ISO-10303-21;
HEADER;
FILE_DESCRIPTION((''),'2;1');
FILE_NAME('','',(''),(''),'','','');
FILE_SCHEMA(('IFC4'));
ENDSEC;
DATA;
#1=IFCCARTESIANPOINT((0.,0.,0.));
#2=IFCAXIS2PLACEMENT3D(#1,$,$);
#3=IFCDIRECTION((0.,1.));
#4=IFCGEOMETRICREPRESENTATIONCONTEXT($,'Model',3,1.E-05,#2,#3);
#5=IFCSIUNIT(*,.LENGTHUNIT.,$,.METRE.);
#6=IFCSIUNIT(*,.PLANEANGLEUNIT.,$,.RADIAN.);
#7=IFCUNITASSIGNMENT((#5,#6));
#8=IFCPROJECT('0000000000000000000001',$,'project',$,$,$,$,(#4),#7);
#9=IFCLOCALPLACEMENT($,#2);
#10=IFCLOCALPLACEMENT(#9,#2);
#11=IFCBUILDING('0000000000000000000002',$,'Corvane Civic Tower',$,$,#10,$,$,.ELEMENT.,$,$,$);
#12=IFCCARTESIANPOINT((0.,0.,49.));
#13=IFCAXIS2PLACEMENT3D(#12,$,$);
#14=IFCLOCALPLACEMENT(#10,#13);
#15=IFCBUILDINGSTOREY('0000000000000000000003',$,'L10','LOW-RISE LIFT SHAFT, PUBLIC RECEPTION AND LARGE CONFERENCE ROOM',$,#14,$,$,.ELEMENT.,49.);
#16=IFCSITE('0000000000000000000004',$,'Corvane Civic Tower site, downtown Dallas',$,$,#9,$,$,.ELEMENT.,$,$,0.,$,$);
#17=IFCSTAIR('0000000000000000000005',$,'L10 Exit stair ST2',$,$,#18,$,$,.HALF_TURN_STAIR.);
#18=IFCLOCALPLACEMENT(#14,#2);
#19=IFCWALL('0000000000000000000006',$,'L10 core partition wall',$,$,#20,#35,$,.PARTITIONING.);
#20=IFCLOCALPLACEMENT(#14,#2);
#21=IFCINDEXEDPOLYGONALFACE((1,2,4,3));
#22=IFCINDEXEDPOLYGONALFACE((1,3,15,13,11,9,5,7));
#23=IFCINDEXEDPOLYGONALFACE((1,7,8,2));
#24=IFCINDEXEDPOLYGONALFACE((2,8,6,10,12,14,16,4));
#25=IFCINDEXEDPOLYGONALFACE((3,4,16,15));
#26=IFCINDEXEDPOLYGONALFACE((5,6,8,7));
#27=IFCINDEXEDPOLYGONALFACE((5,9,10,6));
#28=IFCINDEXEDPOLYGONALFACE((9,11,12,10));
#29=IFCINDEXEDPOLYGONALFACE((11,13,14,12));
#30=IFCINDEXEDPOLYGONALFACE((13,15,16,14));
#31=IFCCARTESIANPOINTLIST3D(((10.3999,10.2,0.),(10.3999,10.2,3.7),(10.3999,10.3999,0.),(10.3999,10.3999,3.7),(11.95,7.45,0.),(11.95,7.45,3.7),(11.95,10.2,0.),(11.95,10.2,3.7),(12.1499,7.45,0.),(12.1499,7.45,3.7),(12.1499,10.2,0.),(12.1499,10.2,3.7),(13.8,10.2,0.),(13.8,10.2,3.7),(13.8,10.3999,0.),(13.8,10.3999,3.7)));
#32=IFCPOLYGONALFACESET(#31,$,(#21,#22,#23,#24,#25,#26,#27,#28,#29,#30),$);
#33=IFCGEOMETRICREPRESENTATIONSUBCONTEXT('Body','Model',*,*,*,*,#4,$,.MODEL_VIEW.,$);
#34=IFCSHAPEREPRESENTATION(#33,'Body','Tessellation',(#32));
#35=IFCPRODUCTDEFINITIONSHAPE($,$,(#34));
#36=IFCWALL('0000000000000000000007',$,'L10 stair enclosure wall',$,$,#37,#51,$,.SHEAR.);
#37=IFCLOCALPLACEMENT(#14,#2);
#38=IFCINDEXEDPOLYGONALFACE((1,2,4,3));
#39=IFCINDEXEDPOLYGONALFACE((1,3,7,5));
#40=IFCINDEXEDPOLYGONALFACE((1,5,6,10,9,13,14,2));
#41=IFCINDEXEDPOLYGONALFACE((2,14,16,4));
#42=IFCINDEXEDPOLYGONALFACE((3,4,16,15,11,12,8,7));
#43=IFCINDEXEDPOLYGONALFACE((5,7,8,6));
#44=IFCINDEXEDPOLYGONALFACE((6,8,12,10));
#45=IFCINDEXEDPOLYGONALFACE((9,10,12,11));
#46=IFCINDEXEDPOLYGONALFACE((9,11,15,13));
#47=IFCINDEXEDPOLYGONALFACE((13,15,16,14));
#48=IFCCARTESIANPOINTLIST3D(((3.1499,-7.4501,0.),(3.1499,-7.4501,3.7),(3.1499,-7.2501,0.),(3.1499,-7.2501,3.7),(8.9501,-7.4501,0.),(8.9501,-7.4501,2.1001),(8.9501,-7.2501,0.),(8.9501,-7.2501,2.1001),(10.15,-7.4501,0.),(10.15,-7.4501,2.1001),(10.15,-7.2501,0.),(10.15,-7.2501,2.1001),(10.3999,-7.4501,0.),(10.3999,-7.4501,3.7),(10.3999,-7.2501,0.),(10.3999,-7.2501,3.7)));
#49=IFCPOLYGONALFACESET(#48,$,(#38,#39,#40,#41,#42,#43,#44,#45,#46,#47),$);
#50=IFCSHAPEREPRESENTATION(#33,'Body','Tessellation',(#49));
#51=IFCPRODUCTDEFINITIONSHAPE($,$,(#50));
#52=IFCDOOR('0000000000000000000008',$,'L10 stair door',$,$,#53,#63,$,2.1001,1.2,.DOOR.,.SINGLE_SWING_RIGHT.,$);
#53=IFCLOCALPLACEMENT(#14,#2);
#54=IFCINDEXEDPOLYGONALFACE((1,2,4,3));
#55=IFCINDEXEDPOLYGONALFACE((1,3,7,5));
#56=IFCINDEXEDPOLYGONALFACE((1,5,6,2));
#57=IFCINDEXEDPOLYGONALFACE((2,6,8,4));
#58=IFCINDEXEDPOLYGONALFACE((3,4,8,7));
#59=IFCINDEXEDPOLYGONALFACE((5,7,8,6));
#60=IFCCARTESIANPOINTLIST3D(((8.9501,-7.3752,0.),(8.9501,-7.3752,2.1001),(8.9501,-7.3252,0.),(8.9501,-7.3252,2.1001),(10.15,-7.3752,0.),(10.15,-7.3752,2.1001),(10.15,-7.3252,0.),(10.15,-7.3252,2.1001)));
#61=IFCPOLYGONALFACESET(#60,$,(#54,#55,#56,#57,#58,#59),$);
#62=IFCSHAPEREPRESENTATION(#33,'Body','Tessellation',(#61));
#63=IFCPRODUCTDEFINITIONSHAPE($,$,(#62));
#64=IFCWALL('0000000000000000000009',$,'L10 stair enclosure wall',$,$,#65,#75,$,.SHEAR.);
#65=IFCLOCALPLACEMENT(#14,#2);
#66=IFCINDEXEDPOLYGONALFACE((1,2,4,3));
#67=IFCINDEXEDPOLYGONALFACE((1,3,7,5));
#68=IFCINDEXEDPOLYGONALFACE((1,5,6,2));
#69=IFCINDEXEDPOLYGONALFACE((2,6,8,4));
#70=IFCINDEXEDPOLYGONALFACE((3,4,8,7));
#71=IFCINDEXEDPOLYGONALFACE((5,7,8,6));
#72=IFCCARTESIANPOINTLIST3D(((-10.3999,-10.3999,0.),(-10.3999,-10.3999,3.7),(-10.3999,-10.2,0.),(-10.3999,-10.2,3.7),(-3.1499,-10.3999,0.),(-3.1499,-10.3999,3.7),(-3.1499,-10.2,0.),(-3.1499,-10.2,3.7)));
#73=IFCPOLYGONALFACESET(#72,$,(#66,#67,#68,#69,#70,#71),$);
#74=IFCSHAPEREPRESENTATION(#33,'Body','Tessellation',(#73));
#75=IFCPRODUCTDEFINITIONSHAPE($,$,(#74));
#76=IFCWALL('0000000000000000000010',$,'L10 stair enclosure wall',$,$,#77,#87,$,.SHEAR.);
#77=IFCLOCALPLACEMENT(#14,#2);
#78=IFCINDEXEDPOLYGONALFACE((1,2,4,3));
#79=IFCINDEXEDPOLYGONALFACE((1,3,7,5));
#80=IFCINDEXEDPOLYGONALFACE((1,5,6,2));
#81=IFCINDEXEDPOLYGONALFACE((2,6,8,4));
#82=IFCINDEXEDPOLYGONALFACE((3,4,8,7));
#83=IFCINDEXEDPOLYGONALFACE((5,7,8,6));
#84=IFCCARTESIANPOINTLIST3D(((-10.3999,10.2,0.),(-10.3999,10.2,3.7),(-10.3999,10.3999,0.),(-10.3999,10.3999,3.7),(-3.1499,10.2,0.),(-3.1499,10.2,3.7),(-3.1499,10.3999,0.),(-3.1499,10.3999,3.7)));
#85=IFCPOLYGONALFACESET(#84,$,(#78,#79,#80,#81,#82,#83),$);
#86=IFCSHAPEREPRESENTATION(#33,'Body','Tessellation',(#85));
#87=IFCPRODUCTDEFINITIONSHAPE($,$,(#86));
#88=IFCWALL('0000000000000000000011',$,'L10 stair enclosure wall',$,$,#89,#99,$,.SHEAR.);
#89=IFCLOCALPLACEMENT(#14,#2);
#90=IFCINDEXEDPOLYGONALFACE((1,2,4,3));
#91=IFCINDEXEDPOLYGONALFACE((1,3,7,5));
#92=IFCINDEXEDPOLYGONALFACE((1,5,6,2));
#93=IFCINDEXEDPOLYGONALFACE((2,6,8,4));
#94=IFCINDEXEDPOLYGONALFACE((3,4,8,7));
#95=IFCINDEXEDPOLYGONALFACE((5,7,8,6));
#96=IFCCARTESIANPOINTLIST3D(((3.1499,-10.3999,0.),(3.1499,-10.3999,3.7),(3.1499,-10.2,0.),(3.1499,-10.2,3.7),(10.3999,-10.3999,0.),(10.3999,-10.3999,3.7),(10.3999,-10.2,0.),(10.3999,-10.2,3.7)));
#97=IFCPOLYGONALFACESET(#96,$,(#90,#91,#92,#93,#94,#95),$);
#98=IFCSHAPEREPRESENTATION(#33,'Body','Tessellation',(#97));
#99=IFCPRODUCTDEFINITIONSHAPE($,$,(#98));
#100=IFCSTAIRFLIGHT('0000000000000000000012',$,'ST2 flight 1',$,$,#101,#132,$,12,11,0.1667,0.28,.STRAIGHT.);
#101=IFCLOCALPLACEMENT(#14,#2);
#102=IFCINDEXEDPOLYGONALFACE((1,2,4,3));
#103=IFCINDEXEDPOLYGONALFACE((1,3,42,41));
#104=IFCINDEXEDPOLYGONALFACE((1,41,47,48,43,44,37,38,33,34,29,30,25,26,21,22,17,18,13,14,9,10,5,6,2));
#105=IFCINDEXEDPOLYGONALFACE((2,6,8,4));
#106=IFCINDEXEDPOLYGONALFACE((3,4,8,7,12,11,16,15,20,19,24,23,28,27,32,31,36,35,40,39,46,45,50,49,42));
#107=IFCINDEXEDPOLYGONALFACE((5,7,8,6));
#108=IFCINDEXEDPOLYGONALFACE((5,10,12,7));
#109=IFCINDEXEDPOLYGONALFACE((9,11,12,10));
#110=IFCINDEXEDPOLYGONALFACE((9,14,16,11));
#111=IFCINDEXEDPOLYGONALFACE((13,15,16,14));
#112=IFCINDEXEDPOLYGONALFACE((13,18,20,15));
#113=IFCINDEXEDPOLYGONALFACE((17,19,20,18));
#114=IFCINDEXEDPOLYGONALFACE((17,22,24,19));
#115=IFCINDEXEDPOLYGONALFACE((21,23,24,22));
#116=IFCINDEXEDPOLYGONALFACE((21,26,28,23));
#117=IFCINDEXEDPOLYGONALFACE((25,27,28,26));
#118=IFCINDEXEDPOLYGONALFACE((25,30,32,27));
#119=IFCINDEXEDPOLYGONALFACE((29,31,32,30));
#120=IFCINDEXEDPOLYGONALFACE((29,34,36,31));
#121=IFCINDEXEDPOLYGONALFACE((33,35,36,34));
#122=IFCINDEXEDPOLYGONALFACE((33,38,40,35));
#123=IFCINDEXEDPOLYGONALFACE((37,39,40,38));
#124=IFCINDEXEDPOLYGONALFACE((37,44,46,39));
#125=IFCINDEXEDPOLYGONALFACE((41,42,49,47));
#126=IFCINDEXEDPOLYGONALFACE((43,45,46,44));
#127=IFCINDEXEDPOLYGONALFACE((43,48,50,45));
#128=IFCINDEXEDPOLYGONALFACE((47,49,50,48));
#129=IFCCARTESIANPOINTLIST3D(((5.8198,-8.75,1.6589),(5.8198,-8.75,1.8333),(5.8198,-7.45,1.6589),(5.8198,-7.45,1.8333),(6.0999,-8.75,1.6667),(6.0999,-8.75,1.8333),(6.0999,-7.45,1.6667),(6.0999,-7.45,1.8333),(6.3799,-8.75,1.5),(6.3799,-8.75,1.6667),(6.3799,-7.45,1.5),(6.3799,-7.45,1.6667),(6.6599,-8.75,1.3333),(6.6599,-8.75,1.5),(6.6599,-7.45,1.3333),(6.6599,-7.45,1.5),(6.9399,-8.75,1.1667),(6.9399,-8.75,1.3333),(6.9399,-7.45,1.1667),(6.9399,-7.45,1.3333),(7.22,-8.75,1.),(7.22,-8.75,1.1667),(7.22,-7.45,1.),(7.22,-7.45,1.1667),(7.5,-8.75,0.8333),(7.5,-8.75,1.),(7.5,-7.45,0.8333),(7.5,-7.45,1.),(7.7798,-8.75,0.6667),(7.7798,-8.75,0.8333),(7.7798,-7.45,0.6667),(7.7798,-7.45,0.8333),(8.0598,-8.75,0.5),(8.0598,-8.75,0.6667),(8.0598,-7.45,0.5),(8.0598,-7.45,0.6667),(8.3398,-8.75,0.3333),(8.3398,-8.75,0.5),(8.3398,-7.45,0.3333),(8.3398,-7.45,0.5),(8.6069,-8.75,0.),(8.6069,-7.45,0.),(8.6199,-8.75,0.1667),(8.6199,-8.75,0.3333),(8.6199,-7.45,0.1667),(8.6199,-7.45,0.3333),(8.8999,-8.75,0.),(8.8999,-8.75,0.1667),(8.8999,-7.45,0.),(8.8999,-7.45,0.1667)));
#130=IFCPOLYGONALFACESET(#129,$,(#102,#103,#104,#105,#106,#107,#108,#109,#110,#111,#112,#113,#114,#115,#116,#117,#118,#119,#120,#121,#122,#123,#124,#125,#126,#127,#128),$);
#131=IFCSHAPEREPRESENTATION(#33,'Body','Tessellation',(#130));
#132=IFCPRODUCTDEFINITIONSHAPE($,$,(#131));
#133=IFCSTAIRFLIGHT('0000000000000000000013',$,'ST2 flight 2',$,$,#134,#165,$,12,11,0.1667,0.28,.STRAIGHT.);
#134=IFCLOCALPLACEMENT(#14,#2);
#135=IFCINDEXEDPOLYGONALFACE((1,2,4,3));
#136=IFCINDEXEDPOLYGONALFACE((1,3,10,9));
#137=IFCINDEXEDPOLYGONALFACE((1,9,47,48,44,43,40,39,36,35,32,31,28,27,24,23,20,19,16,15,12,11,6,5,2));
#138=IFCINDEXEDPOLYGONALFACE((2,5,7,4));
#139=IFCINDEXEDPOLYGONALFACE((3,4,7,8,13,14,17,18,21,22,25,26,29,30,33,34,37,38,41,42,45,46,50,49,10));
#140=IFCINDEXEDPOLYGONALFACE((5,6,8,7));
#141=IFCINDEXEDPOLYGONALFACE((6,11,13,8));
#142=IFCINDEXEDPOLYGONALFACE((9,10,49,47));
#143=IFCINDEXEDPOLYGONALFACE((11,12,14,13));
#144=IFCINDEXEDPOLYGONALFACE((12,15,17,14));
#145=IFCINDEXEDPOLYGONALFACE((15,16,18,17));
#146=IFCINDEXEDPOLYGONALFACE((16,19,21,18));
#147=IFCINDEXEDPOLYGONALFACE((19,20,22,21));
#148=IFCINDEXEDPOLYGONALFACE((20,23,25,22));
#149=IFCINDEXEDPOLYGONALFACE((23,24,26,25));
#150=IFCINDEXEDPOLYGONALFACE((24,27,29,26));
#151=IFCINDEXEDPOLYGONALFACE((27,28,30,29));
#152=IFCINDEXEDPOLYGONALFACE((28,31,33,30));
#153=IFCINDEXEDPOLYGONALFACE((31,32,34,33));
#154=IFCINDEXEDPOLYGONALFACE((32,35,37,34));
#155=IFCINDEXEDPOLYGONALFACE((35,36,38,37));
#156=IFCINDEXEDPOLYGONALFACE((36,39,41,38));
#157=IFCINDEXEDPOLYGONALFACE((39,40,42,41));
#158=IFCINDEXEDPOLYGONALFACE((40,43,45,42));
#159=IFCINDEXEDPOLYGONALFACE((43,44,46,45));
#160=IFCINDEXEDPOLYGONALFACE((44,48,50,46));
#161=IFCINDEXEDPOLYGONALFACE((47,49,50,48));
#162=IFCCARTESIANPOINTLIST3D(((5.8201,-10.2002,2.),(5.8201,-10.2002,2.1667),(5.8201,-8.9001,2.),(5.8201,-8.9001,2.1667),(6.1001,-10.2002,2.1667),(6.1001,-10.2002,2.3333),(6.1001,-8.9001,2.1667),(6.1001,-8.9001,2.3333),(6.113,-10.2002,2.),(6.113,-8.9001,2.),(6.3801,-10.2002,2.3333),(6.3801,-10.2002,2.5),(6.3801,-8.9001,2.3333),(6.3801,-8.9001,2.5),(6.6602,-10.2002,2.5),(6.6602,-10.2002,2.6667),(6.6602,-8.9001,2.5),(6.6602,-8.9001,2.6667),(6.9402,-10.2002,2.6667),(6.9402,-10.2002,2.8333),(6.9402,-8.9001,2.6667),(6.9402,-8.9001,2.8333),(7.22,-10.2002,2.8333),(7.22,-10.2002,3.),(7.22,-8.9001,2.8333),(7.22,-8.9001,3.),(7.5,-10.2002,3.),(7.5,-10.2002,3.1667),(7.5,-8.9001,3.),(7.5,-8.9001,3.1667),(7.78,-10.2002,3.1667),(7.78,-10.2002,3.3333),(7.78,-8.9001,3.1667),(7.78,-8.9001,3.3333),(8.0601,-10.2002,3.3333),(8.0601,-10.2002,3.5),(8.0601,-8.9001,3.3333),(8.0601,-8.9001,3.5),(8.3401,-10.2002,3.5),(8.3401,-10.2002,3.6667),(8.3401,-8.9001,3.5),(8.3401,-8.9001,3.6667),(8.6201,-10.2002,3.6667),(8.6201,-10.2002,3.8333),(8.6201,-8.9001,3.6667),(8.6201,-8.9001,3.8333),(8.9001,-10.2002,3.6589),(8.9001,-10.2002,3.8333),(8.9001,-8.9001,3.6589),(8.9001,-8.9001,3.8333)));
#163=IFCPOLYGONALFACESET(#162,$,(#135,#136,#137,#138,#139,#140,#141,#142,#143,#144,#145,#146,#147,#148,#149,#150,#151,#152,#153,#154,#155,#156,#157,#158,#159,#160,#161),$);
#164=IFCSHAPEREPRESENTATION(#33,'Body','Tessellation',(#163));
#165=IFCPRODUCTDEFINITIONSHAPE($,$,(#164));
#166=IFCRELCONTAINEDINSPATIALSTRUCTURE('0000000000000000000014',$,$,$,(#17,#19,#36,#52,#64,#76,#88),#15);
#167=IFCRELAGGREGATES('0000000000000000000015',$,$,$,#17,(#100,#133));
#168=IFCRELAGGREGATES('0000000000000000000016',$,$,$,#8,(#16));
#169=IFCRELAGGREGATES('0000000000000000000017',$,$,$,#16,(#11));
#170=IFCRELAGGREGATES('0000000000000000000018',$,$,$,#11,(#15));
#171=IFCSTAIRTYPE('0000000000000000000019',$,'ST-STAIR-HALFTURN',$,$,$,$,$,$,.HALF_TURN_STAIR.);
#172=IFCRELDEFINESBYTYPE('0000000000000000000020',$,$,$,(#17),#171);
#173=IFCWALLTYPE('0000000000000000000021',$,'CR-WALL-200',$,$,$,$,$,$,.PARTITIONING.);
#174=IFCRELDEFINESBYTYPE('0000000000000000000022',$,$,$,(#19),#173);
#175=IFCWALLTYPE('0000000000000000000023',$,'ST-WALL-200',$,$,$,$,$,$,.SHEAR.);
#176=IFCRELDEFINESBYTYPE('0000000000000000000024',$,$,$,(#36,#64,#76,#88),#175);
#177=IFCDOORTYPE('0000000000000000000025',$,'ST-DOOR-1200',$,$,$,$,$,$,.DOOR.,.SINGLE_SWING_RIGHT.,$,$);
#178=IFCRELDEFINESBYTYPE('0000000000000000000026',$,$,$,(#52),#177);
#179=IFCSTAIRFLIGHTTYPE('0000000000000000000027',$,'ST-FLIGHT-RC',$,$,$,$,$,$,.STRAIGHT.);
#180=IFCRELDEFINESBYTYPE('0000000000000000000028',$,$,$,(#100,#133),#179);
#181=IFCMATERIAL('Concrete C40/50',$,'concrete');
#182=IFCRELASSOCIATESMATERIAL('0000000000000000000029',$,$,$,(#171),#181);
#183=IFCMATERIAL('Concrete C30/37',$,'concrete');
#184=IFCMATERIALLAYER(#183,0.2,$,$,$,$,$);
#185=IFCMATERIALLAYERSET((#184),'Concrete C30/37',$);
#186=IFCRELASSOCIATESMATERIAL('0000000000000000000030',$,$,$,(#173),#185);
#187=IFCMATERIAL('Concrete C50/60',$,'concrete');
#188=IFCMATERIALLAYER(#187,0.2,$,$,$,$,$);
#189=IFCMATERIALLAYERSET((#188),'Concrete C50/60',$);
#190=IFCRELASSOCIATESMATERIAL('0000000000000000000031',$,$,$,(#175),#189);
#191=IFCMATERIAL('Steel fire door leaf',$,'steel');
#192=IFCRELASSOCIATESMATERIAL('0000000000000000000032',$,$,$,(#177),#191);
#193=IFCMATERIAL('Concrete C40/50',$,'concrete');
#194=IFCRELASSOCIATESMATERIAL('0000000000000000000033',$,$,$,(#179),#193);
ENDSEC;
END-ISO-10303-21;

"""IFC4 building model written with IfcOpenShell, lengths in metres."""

from ifc_helpers import new_model, si_unit, direction, frame, frame_2d, origin, place, context, subcontext, project, spatial, polyline, rectangle, outline, extrude, material, layer, layer_set, type_object, element, fill, aggregate, save


model = new_model("IFC4")

# Units and contexts
model_context = context("Model", 3, precision=1e-05, world=origin(), true_north=direction((0.0, 1.0)))
body_context = subcontext(model_context, "Body", "Model", "MODEL_VIEW")
ifc_project = project(units=[si_unit("LENGTHUNIT", "METRE"), si_unit("PLANEANGLEUNIT", "RADIAN")], contexts=[model_context])

# Site, building, storey
site_placement = place(None, origin())
site = spatial("IfcSite", under=ifc_project, at=site_placement, Name="Corvane Civic Tower site, downtown Dallas", CompositionType="ELEMENT", RefElevation=0.0)
building_placement = place(site_placement, origin())
building = spatial("IfcBuilding", under=site, at=building_placement, Name="Corvane Civic Tower", CompositionType="ELEMENT")
storey_placement = place(building_placement, frame((0.0, 0.0, 49.0)))
storey = spatial("IfcBuildingStorey", under=building, at=storey_placement, Name="L10", Description="LOW-RISE LIFT SHAFT, PUBLIC RECEPTION AND LARGE CONFERENCE ROOM", CompositionType="ELEMENT", Elevation=49.0)

# Stair
ifc_material_1 = material(Name="Concrete C40/50", Category="concrete")
stair_type = type_object("IfcStairType", Name="ST-STAIR-HALFTURN", PredefinedType="HALF_TURN_STAIR", material=ifc_material_1)
stair_1_placement = place(storey_placement, origin())
stair_1 = element("IfcStair", 1, at=stair_1_placement, inside=storey, type_object=stair_type, Name="L10 Exit stair ST2", PredefinedType="HALF_TURN_STAIR")

# Shared definitions
ifc_material_2 = material(Name="Concrete C30/37", Category="concrete")
ifc_layer_1 = layer(ifc_material_2, 0.2)
ifc_layer_set_1 = layer_set([ifc_layer_1], Name="Concrete C30/37")
wall_type_1 = type_object("IfcWallType", Name="CR-WALL-200", PredefinedType="PARTITIONING", material=ifc_layer_set_1)

# Wall
wall_1_placement = place(storey_placement, origin())
element("IfcWall", 2, at=wall_1_placement, inside=storey, type_object=wall_type_1, Name="L10 core partition wall", PredefinedType="PARTITIONING", context=body_context, shape_type="SweptSolid", body=[
    extrude(outline(polyline([(13.8, 10.3999), (13.8, 10.2), (12.1499, 10.2), (12.1499, 7.45), (11.95, 7.45), (11.95, 10.2), (10.3999, 10.2), (10.3999, 10.3999), (13.8, 10.3999)])), origin(), (0.0, 0.0, 1.0), 3.7),
])

# Wall, opening, door
ifc_material_3 = material(Name="Concrete C50/60", Category="concrete")
ifc_layer_2 = layer(ifc_material_3, 0.2)
ifc_layer_set_2 = layer_set([ifc_layer_2], Name="Concrete C50/60")
wall_type_2 = type_object("IfcWallType", Name="ST-WALL-200", PredefinedType="SHEAR", material=ifc_layer_set_2)
wall_2_placement = place(storey_placement, frame((3.1499, -7.3501, 0.0), z_axis=(0.0, 0.0, 1.0), x_axis=(1.0, 0.0, 0.0)))
wall_2 = element("IfcWall", 3, at=wall_2_placement, inside=storey, type_object=wall_type_2, Name="L10 stair enclosure wall", PredefinedType="SHEAR", context=body_context, shape_type="SweptSolid", body=[
    extrude(rectangle(XDim=7.25, YDim=0.2, at=frame_2d((3.625, 0.0))), origin(), (0.0, 0.0, 1.0), 3.7),
])
opening_1_placement = place(wall_2_placement, frame((5.8, 0.0, 0.0)))
opening_1 = element("IfcOpeningElement", 4, at=opening_1_placement, cuts=wall_2, PredefinedType="OPENING", context=body_context, shape_type="SweptSolid", body=[
    extrude(rectangle(XDim=1.2, YDim=2.1001, at=frame_2d((0.6001, 1.05))), frame((0.0, 0.1099, 0.0), z_axis=(0.0, -1.0, 0.0), x_axis=(1.0, 0.0, 0.0)), (0.0, 0.0, 1.0), 0.22),
])
ifc_material_4 = material(Name="Steel fire door leaf", Category="steel")
door_type_1 = type_object("IfcDoorType", Name="ST-DOOR-1200", OperationType="SINGLE_SWING_RIGHT", PredefinedType="DOOR", material=ifc_material_4)
door_1_placement = place(opening_1_placement, origin())
door_1 = element("IfcDoor", 5, at=door_1_placement, inside=storey, type_object=door_type_1, Name="L10 stair door", OperationType="SINGLE_SWING_RIGHT", OverallHeight=2.1001, OverallWidth=1.2, PredefinedType="DOOR", context=body_context, shape_type="SweptSolid", body=[
    extrude(rectangle(XDim=1.2, YDim=2.1001, at=frame_2d((0.6001, 1.05))), frame((0.0, 0.0249, 0.0), z_axis=(0.0, -1.0, 0.0), x_axis=(1.0, 0.0, 0.0)), (0.0, 0.0, 1.0), 0.05),
])
fill(opening_1, door_1)

# Walls
wall_3_placement = place(storey_placement, origin())
element("IfcWall", 6, at=wall_3_placement, inside=storey, type_object=wall_type_2, Name="L10 stair enclosure wall", PredefinedType="SHEAR", context=body_context, shape_type="SweptSolid", body=[
    extrude(outline(polyline([(-3.1499, -10.2), (-3.1499, -10.3999), (-10.3999, -10.3999), (-10.3999, -10.2), (-3.1499, -10.2)])), origin(), (0.0, 0.0, 1.0), 3.7),
])
wall_4_placement = place(storey_placement, origin())
element("IfcWall", 7, at=wall_4_placement, inside=storey, type_object=wall_type_2, Name="L10 stair enclosure wall", PredefinedType="SHEAR", context=body_context, shape_type="SweptSolid", body=[
    extrude(outline(polyline([(-3.1499, 10.2), (-10.3999, 10.2), (-10.3999, 10.3999), (-3.1499, 10.3999), (-3.1499, 10.2)])), origin(), (0.0, 0.0, 1.0), 3.7),
])
wall_5_placement = place(storey_placement, origin())
element("IfcWall", 8, at=wall_5_placement, inside=storey, type_object=wall_type_2, Name="L10 stair enclosure wall", PredefinedType="SHEAR", context=body_context, shape_type="SweptSolid", body=[
    extrude(outline(polyline([(10.3999, -10.3999), (3.1499, -10.3999), (3.1499, -10.2), (10.3999, -10.2), (10.3999, -10.3999)])), origin(), (0.0, 0.0, 1.0), 3.7),
])

# Stair flights
ifc_material_5 = material(Name="Concrete C40/50", Category="concrete")
stair_flight_type = type_object("IfcStairFlightType", Name="ST-FLIGHT-RC", PredefinedType="STRAIGHT", material=ifc_material_5)
stair_flight_1_placement = place(storey_placement, frame((8.8999, -8.1001, 0.0), z_axis=(0.0, 0.0, 1.0), x_axis=(-1.0, 0.0, 0.0)))
stair_flight_1 = element("IfcStairFlight", 9, at=stair_flight_1_placement, type_object=stair_flight_type, Name="ST2 flight 1", NumberOfRisers=12, NumberOfTreads=11, PredefinedType="STRAIGHT", RiserHeight=0.1667, TreadLength=0.28, context=body_context, shape_type="SweptSolid", body=[
    extrude(outline(polyline([(0.0, 0.0), (0.0, 0.1667), (0.28, 0.1667), (0.28, 0.3333), (0.5601, 0.3333), (0.5601, 0.5), (0.8401, 0.5), (0.8401, 0.6667), (1.1201, 0.6667), (1.1201, 0.8333), (1.3999, 0.8333), (1.3999, 1.0), (1.6799, 1.0), (1.6799, 1.1667), (1.96, 1.1667), (1.96, 1.3333), (2.24, 1.3333), (2.24, 1.5), (2.52, 1.5), (2.52, 1.6667), (2.8, 1.6667), (2.8, 1.8333), (3.0801, 1.8333), (3.0801, 2.0), (3.0801, 1.6589), (0.293, 0.0), (0.0, 0.0)])), frame((0.0, 0.6499, 0.0), z_axis=(0.0, -1.0, 0.0), x_axis=(1.0, 0.0, 0.0)), (0.0, 0.0, 1.0), 1.3),
])
stair_flight_2_placement = place(storey_placement, frame((5.8201, -9.55, 2.0), z_axis=(0.0, 0.0, 1.0), x_axis=(1.0, 0.0, 0.0)))
stair_flight_2 = element("IfcStairFlight", 10, at=stair_flight_2_placement, type_object=stair_flight_type, Name="ST2 flight 2", NumberOfRisers=12, NumberOfTreads=11, PredefinedType="STRAIGHT", RiserHeight=0.1667, TreadLength=0.28, context=body_context, shape_type="SweptSolid", body=[
    extrude(outline(polyline([(0.0, 0.0), (0.0, 0.1667), (0.28, 0.1667), (0.28, 0.3333), (0.5601, 0.3333), (0.5601, 0.5), (0.8401, 0.5), (0.8401, 0.6667), (1.1201, 0.6667), (1.1201, 0.8333), (1.3999, 0.8333), (1.3999, 1.0), (1.6799, 1.0), (1.6799, 1.1667), (1.96, 1.1667), (1.96, 1.3333), (2.24, 1.3333), (2.24, 1.5), (2.52, 1.5), (2.52, 1.6667), (2.8, 1.6667), (2.8, 1.8333), (3.0801, 1.8333), (3.0801, 2.0), (3.0801, 1.6589), (0.293, 0.0), (0.0, 0.0)])), frame((0.0, 0.6499, 0.0), z_axis=(0.0, -1.0, 0.0), x_axis=(1.0, 0.0, 0.0)), (0.0, 0.0, 1.0), 1.3),
])
aggregate(stair_1, [stair_flight_1, stair_flight_2])

save(model, "model.ifc")
